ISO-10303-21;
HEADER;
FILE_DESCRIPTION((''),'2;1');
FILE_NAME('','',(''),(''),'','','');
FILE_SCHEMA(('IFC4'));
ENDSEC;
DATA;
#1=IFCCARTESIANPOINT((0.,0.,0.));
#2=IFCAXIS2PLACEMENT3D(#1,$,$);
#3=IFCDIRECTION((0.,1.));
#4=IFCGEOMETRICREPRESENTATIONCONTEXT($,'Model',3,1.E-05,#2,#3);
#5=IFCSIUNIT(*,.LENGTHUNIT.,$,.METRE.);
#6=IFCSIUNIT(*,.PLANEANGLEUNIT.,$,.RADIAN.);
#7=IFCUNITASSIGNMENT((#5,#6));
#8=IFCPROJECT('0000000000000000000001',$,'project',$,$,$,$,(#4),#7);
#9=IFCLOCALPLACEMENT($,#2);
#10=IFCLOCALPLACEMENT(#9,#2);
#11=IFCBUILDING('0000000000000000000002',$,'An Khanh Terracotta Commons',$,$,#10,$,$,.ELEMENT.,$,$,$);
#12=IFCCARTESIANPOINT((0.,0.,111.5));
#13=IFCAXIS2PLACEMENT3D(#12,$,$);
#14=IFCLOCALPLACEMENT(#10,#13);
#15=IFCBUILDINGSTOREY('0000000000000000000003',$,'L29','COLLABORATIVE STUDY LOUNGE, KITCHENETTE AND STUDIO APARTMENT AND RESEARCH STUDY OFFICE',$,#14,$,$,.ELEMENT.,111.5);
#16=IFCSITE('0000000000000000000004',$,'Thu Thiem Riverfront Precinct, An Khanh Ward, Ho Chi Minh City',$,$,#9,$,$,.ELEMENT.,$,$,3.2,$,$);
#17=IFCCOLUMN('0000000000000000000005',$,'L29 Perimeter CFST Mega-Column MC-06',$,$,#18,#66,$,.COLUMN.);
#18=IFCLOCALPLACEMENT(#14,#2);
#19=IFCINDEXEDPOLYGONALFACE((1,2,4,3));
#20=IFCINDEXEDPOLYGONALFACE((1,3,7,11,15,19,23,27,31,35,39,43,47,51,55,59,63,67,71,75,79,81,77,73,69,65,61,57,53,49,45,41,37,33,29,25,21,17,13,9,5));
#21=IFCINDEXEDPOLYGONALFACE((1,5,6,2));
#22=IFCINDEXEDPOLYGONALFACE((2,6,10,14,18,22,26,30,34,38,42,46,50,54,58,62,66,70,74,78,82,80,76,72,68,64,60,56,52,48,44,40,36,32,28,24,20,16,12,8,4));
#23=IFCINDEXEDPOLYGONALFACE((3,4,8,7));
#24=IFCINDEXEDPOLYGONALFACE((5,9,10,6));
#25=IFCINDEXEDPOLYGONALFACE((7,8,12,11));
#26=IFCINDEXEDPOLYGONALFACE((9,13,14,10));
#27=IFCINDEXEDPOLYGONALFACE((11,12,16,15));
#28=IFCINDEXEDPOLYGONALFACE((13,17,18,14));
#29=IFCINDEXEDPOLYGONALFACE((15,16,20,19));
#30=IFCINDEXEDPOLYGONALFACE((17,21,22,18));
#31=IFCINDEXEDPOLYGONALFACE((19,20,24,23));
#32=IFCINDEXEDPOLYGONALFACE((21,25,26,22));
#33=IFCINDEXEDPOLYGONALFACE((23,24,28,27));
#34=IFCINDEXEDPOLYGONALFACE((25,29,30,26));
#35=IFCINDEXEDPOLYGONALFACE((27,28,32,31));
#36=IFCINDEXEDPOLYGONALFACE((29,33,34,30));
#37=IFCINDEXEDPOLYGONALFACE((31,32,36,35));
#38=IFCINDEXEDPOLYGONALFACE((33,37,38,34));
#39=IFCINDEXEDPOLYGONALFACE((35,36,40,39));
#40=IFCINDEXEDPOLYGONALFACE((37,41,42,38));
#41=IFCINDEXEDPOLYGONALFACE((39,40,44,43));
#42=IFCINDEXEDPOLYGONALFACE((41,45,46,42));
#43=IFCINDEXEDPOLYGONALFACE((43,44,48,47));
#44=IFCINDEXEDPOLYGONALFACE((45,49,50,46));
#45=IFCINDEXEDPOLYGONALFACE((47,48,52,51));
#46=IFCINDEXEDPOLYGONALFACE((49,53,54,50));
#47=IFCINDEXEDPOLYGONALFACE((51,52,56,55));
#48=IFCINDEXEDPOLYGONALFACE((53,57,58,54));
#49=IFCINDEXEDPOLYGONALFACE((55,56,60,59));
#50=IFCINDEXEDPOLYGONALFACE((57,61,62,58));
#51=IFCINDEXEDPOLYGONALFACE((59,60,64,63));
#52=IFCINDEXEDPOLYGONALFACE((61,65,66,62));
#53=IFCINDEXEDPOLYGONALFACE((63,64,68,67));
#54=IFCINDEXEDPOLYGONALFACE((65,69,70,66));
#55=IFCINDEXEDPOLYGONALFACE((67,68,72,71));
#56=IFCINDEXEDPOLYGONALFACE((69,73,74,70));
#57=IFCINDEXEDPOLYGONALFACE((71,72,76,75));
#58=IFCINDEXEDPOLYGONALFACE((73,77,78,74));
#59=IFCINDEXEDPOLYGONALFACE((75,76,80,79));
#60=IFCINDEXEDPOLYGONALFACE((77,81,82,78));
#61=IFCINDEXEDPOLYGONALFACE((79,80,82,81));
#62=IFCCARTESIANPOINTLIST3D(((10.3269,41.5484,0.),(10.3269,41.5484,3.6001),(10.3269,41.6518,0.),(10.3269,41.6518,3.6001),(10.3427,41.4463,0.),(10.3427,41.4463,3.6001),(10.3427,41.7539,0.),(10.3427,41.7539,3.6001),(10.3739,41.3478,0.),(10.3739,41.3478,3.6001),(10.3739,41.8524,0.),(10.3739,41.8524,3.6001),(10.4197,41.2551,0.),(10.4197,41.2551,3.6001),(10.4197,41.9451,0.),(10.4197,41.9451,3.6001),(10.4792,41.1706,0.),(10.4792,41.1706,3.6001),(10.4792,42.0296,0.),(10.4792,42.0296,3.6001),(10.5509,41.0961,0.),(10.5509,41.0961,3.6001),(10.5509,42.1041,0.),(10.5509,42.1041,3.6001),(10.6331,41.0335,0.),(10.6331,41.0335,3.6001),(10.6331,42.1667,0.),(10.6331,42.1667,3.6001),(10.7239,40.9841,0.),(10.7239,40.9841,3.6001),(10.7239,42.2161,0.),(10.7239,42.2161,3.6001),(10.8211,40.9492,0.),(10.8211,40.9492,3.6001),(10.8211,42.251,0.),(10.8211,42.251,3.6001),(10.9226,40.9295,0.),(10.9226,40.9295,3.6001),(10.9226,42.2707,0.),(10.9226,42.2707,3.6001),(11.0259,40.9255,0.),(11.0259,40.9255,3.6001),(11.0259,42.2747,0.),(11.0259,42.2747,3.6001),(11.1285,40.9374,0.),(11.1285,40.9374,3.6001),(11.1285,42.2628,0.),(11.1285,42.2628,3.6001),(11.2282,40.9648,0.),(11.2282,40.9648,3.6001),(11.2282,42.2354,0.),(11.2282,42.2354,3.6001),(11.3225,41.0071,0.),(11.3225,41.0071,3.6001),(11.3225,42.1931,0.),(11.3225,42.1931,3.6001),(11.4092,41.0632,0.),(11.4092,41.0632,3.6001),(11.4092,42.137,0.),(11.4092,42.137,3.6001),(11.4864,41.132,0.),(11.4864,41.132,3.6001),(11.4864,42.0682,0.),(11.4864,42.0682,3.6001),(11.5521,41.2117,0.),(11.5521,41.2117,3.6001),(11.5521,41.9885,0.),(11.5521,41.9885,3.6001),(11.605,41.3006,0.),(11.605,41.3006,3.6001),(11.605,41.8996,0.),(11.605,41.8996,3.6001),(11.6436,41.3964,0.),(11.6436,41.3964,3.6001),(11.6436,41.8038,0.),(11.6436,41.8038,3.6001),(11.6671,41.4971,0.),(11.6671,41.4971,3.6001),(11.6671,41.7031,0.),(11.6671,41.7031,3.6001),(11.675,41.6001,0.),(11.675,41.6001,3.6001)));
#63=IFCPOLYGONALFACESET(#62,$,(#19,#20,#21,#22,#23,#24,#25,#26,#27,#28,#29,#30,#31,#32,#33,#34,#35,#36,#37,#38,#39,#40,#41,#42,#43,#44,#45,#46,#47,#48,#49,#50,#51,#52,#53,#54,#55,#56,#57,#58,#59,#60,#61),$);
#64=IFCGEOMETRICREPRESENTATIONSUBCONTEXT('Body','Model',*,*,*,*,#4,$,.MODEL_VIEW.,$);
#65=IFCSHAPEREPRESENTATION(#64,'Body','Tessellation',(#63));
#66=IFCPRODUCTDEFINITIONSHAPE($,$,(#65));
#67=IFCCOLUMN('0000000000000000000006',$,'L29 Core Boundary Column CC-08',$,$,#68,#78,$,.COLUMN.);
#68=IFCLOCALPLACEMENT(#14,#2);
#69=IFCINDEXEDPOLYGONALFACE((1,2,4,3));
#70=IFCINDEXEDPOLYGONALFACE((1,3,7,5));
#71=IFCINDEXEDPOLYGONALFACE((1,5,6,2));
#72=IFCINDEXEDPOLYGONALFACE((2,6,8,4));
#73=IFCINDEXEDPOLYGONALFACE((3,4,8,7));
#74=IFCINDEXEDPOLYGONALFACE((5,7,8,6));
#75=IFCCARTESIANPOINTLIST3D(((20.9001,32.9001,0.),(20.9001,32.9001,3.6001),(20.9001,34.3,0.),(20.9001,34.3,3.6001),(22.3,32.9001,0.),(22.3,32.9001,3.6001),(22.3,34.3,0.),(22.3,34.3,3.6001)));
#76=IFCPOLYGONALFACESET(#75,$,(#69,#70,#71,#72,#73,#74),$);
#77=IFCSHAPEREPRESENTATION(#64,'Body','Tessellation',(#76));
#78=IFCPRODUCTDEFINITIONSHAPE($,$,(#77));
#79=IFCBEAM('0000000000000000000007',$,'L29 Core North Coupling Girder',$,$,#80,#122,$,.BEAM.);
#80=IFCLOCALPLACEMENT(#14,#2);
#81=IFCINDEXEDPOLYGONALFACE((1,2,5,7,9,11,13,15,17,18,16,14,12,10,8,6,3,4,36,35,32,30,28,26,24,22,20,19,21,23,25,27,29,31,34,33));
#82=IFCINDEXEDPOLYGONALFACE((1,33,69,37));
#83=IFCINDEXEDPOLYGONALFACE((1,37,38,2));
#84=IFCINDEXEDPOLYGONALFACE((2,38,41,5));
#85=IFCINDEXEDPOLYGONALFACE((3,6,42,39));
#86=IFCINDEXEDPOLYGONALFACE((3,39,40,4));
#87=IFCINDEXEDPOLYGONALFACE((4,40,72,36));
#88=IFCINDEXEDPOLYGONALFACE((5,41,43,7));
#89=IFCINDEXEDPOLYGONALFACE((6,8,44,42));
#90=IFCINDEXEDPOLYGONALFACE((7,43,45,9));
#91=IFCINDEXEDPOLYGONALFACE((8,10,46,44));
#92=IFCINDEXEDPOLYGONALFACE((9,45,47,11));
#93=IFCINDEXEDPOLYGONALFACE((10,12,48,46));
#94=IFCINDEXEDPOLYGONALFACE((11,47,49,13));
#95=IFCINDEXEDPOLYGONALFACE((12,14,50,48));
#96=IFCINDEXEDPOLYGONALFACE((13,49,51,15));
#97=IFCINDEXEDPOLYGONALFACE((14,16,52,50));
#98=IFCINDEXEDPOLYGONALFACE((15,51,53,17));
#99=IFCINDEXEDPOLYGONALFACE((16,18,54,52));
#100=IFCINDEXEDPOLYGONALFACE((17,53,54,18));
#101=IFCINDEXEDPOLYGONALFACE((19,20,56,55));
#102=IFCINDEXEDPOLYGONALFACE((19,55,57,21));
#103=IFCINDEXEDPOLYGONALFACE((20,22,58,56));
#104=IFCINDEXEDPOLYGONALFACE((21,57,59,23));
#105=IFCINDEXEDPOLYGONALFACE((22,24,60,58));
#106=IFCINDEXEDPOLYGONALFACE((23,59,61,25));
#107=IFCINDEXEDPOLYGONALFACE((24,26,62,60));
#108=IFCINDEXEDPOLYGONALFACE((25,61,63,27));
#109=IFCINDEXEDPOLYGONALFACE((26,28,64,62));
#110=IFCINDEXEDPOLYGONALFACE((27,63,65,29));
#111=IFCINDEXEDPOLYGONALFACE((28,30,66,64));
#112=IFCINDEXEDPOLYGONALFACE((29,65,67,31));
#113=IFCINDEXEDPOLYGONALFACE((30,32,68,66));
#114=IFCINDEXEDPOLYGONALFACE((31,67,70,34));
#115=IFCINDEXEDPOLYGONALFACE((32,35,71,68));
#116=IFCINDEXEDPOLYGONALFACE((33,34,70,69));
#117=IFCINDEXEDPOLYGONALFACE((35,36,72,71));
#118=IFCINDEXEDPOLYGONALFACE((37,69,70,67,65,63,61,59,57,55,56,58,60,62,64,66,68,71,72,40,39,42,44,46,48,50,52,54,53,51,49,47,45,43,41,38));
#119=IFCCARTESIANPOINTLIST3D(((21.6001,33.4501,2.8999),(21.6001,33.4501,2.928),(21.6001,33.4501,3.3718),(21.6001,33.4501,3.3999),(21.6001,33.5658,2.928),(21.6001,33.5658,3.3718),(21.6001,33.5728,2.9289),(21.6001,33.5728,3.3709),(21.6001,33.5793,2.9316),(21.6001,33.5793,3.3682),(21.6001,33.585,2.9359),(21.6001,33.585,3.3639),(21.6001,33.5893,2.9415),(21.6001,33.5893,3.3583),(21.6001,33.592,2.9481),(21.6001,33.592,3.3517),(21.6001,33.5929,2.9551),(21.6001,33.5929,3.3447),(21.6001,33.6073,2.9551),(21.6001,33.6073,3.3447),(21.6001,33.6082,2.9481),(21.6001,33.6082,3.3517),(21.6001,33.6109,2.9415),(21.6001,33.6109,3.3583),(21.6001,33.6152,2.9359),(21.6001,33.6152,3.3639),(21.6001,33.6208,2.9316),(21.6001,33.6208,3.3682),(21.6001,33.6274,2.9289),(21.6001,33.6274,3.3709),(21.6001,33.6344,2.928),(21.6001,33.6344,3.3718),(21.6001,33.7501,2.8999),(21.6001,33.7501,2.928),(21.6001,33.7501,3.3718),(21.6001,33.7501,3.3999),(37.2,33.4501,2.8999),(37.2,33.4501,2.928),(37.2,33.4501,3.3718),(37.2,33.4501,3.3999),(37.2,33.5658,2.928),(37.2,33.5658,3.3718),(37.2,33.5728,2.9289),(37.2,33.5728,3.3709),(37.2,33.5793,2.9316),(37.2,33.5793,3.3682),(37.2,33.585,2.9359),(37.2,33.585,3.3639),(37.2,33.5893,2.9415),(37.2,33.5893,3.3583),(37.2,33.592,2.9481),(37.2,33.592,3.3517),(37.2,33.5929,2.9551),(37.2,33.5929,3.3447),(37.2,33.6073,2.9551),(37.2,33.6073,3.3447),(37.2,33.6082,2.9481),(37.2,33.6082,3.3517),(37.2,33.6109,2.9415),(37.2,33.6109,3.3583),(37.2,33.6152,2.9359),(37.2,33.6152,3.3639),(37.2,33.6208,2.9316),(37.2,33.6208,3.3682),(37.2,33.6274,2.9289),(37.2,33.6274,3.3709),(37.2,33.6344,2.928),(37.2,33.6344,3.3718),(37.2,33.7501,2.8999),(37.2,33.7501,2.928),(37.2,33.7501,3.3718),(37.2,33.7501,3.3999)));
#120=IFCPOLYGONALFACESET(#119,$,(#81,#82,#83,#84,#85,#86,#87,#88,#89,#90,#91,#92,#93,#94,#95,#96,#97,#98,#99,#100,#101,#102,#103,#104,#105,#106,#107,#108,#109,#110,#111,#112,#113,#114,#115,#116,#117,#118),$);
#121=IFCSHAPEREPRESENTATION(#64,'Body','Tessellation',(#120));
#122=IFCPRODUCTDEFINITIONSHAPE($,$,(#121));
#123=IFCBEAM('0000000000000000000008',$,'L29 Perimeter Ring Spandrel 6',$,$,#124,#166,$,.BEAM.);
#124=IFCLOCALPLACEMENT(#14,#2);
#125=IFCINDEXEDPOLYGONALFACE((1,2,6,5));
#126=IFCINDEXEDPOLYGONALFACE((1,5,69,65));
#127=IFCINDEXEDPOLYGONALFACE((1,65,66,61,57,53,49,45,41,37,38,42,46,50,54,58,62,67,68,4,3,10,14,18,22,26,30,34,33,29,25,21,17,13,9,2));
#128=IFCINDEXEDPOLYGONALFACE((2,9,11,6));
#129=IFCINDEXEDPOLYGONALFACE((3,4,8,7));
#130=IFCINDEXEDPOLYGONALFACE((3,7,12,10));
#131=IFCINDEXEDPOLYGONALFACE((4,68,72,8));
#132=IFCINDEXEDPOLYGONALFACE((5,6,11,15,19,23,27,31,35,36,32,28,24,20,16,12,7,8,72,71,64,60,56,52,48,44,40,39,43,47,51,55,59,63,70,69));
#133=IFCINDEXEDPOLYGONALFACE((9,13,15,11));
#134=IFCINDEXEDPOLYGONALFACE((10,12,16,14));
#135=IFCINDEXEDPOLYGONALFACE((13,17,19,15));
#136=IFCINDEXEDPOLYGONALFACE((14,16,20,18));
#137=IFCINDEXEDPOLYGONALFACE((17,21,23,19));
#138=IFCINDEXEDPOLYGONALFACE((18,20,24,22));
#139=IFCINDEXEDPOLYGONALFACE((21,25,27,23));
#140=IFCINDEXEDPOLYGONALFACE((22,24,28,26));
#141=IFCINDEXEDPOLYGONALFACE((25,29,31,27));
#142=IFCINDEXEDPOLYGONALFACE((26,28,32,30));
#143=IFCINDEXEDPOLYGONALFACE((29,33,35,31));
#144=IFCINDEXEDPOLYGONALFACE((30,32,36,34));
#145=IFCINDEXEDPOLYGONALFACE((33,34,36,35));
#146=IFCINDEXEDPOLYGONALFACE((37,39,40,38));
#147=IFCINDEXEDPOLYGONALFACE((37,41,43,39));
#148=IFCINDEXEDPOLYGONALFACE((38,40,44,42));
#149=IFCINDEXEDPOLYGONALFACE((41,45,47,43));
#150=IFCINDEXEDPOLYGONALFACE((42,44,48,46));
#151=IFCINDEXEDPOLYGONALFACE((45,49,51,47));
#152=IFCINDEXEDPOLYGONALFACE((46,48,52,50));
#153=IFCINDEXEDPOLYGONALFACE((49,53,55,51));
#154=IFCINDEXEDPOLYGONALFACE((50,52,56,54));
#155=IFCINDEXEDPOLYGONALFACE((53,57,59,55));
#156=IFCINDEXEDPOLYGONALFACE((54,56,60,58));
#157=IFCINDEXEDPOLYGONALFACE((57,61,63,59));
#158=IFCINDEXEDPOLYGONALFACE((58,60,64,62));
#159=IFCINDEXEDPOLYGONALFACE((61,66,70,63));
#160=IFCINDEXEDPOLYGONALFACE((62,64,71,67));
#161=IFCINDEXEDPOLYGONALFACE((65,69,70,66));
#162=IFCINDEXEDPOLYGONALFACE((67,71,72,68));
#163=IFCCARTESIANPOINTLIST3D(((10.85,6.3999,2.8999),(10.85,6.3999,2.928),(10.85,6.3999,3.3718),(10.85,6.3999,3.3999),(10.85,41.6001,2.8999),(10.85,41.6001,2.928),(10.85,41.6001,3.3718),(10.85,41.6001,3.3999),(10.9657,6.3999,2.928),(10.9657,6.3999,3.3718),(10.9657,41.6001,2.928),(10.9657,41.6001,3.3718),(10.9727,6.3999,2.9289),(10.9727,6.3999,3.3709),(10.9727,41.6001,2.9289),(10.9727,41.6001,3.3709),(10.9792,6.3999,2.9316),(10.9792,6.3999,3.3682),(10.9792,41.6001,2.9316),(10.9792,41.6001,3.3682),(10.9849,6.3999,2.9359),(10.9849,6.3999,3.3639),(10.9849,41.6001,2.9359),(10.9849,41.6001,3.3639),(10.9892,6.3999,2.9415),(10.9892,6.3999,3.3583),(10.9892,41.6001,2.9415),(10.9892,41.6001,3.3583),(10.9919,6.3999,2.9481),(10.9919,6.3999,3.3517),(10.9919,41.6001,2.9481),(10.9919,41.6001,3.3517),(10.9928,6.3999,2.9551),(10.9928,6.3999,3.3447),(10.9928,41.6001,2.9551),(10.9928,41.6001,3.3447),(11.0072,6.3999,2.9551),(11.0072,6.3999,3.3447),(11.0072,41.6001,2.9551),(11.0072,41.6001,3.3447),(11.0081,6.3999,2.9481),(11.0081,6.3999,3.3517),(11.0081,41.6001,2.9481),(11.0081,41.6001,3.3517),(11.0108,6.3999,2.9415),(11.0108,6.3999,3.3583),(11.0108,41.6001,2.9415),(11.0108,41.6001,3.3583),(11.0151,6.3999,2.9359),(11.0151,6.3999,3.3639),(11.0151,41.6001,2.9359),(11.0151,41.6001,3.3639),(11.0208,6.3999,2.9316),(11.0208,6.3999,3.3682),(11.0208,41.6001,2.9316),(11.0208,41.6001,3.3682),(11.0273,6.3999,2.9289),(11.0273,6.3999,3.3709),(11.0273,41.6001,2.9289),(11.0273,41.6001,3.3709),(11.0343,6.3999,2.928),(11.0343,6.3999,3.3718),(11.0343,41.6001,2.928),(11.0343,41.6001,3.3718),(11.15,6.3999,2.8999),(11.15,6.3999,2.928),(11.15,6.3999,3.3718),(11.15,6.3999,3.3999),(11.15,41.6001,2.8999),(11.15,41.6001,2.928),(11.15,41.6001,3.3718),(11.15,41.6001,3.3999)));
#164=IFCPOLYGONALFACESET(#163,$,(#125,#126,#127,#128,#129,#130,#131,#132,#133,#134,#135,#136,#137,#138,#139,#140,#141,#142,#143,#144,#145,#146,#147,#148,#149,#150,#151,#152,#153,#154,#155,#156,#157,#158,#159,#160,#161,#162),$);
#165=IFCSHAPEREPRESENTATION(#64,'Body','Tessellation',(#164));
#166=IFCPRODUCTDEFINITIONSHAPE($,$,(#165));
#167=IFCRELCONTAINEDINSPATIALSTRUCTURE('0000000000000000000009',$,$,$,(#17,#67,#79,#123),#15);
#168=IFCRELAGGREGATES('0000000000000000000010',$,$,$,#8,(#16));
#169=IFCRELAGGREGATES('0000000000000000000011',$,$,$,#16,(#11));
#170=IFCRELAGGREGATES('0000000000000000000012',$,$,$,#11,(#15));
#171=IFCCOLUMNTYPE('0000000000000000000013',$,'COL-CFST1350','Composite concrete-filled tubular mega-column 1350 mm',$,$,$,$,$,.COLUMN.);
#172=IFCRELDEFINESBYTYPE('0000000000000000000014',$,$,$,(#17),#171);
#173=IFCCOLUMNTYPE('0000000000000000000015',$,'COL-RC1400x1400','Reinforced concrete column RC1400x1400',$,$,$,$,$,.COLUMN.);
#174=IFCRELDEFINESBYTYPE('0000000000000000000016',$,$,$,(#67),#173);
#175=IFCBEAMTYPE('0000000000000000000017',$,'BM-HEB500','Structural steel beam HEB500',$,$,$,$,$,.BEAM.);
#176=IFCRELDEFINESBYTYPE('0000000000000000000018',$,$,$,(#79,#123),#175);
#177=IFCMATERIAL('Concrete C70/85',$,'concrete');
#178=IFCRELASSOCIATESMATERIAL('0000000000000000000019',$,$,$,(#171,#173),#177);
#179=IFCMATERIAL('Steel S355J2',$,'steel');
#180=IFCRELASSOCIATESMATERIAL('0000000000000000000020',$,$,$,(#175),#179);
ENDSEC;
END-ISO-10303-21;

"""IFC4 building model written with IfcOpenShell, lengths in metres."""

from ifc_helpers import new_model, si_unit, direction, frame, origin, origin_2d, place, context, subcontext, project, spatial, rectangle, circle, i_section, extrude, material, material_profile, profile_set, type_object, element, save


model = new_model("IFC4")

# Units and contexts
model_context = context("Model", 3, precision=1e-05, world=origin(), true_north=direction((0.0, 1.0)))
body_context = subcontext(model_context, "Body", "Model", "MODEL_VIEW")
ifc_project = project(units=[si_unit("LENGTHUNIT", "METRE"), si_unit("PLANEANGLEUNIT", "RADIAN")], contexts=[model_context])

# Site, building, storey
site_placement = place(None, origin())
site = spatial("IfcSite", under=ifc_project, at=site_placement, Name="Thu Thiem Riverfront Precinct, An Khanh Ward, Ho Chi Minh City", CompositionType="ELEMENT", RefElevation=3.2)
building_placement = place(site_placement, origin())
building = spatial("IfcBuilding", under=site, at=building_placement, Name="An Khanh Terracotta Commons", CompositionType="ELEMENT")
storey_placement = place(building_placement, frame((0.0, 0.0, 111.5)))
storey = spatial("IfcBuildingStorey", under=building, at=storey_placement, Name="L29", Description="COLLABORATIVE STUDY LOUNGE, KITCHENETTE AND STUDIO APARTMENT AND RESEARCH STUDY OFFICE", CompositionType="ELEMENT", Elevation=111.5)

# Columns
ifc_material_1 = material(Name="Concrete C70/85", Category="concrete")
ifc_material_profile_1 = material_profile(ifc_material_1, circle(Radius=0.675, at=origin_2d()), Name="CFST1350")
ifc_profile_set_1 = profile_set([ifc_material_profile_1], Name="Concrete C70/85")
column_type_1 = type_object("IfcColumnType", Name="COL-CFST1350", Description="Composite concrete-filled tubular mega-column 1350 mm", PredefinedType="COLUMN", material=ifc_profile_set_1)
column_1_placement = place(storey_placement, frame((11.0, 41.6001, 0.0), z_axis=(0.0, 0.0, 1.0), x_axis=(1.0, 0.0, 0.0)))
element("IfcColumn", 1, at=column_1_placement, inside=storey, type_object=column_type_1, Name="L29 Perimeter CFST Mega-Column MC-06", PredefinedType="COLUMN", context=body_context, shape_type="SweptSolid", body=[
    extrude(circle(Radius=0.675, at=origin_2d()), origin(), (0.0, 0.0, 1.0), 3.6001),
])
ifc_material_profile_2 = material_profile(ifc_material_1, rectangle(XDim=1.3999, YDim=1.3999, at=origin_2d()), Name="RC1400x1400")
ifc_profile_set_2 = profile_set([ifc_material_profile_2], Name="Concrete C70/85")
column_type_2 = type_object("IfcColumnType", Name="COL-RC1400x1400", Description="Reinforced concrete column RC1400x1400", PredefinedType="COLUMN", material=ifc_profile_set_2)
column_2_placement = place(storey_placement, frame((21.6001, 33.6001, 0.0), z_axis=(0.0, 0.0, 1.0), x_axis=(1.0, 0.0, 0.0)))
element("IfcColumn", 2, at=column_2_placement, inside=storey, type_object=column_type_2, Name="L29 Core Boundary Column CC-08", PredefinedType="COLUMN", context=body_context, shape_type="SweptSolid", body=[
    extrude(rectangle(XDim=1.3999, YDim=1.3999, at=origin_2d()), origin(), (0.0, 0.0, 1.0), 3.6001),
])

# Beams
ifc_material_2 = material(Name="Steel S355J2", Category="steel")
ifc_material_profile_3 = material_profile(ifc_material_2, i_section(OverallWidth=0.3, OverallDepth=0.5, WebThickness=0.0144, FlangeThickness=0.0281, FilletRadius=0.0271, at=origin_2d()), Name="HEB500")
ifc_profile_set_3 = profile_set([ifc_material_profile_3], Name="Steel S355J2")
beam_type = type_object("IfcBeamType", Name="BM-HEB500", Description="Structural steel beam HEB500", PredefinedType="BEAM", material=ifc_profile_set_3)
beam_1_placement = place(storey_placement, frame((21.6001, 33.6001, 3.1499), z_axis=(1.0, 0.0, 0.0), x_axis=(0.0, 1.0, 0.0)))
element("IfcBeam", 3, at=beam_1_placement, inside=storey, type_object=beam_type, Name="L29 Core North Coupling Girder", PredefinedType="BEAM", context=body_context, shape_type="SweptSolid", body=[
    extrude(i_section(OverallWidth=0.3, OverallDepth=0.5, WebThickness=0.0144, FlangeThickness=0.0281, FilletRadius=0.0271, at=origin_2d()), origin(), (0.0, 0.0, 1.0), 15.5999),
])
beam_2_placement = place(storey_placement, frame((11.0, 41.6001, 3.1499), z_axis=(0.0, -1.0, 0.0), x_axis=(1.0, 0.0, 0.0)))
element("IfcBeam", 4, at=beam_2_placement, inside=storey, type_object=beam_type, Name="L29 Perimeter Ring Spandrel 6", PredefinedType="BEAM", context=body_context, shape_type="SweptSolid", body=[
    extrude(i_section(OverallWidth=0.3, OverallDepth=0.5, WebThickness=0.0144, FlangeThickness=0.0281, FilletRadius=0.0271, at=origin_2d()), origin(), (0.0, 0.0, 1.0), 35.2002),
])

save(model, "model.ifc")
